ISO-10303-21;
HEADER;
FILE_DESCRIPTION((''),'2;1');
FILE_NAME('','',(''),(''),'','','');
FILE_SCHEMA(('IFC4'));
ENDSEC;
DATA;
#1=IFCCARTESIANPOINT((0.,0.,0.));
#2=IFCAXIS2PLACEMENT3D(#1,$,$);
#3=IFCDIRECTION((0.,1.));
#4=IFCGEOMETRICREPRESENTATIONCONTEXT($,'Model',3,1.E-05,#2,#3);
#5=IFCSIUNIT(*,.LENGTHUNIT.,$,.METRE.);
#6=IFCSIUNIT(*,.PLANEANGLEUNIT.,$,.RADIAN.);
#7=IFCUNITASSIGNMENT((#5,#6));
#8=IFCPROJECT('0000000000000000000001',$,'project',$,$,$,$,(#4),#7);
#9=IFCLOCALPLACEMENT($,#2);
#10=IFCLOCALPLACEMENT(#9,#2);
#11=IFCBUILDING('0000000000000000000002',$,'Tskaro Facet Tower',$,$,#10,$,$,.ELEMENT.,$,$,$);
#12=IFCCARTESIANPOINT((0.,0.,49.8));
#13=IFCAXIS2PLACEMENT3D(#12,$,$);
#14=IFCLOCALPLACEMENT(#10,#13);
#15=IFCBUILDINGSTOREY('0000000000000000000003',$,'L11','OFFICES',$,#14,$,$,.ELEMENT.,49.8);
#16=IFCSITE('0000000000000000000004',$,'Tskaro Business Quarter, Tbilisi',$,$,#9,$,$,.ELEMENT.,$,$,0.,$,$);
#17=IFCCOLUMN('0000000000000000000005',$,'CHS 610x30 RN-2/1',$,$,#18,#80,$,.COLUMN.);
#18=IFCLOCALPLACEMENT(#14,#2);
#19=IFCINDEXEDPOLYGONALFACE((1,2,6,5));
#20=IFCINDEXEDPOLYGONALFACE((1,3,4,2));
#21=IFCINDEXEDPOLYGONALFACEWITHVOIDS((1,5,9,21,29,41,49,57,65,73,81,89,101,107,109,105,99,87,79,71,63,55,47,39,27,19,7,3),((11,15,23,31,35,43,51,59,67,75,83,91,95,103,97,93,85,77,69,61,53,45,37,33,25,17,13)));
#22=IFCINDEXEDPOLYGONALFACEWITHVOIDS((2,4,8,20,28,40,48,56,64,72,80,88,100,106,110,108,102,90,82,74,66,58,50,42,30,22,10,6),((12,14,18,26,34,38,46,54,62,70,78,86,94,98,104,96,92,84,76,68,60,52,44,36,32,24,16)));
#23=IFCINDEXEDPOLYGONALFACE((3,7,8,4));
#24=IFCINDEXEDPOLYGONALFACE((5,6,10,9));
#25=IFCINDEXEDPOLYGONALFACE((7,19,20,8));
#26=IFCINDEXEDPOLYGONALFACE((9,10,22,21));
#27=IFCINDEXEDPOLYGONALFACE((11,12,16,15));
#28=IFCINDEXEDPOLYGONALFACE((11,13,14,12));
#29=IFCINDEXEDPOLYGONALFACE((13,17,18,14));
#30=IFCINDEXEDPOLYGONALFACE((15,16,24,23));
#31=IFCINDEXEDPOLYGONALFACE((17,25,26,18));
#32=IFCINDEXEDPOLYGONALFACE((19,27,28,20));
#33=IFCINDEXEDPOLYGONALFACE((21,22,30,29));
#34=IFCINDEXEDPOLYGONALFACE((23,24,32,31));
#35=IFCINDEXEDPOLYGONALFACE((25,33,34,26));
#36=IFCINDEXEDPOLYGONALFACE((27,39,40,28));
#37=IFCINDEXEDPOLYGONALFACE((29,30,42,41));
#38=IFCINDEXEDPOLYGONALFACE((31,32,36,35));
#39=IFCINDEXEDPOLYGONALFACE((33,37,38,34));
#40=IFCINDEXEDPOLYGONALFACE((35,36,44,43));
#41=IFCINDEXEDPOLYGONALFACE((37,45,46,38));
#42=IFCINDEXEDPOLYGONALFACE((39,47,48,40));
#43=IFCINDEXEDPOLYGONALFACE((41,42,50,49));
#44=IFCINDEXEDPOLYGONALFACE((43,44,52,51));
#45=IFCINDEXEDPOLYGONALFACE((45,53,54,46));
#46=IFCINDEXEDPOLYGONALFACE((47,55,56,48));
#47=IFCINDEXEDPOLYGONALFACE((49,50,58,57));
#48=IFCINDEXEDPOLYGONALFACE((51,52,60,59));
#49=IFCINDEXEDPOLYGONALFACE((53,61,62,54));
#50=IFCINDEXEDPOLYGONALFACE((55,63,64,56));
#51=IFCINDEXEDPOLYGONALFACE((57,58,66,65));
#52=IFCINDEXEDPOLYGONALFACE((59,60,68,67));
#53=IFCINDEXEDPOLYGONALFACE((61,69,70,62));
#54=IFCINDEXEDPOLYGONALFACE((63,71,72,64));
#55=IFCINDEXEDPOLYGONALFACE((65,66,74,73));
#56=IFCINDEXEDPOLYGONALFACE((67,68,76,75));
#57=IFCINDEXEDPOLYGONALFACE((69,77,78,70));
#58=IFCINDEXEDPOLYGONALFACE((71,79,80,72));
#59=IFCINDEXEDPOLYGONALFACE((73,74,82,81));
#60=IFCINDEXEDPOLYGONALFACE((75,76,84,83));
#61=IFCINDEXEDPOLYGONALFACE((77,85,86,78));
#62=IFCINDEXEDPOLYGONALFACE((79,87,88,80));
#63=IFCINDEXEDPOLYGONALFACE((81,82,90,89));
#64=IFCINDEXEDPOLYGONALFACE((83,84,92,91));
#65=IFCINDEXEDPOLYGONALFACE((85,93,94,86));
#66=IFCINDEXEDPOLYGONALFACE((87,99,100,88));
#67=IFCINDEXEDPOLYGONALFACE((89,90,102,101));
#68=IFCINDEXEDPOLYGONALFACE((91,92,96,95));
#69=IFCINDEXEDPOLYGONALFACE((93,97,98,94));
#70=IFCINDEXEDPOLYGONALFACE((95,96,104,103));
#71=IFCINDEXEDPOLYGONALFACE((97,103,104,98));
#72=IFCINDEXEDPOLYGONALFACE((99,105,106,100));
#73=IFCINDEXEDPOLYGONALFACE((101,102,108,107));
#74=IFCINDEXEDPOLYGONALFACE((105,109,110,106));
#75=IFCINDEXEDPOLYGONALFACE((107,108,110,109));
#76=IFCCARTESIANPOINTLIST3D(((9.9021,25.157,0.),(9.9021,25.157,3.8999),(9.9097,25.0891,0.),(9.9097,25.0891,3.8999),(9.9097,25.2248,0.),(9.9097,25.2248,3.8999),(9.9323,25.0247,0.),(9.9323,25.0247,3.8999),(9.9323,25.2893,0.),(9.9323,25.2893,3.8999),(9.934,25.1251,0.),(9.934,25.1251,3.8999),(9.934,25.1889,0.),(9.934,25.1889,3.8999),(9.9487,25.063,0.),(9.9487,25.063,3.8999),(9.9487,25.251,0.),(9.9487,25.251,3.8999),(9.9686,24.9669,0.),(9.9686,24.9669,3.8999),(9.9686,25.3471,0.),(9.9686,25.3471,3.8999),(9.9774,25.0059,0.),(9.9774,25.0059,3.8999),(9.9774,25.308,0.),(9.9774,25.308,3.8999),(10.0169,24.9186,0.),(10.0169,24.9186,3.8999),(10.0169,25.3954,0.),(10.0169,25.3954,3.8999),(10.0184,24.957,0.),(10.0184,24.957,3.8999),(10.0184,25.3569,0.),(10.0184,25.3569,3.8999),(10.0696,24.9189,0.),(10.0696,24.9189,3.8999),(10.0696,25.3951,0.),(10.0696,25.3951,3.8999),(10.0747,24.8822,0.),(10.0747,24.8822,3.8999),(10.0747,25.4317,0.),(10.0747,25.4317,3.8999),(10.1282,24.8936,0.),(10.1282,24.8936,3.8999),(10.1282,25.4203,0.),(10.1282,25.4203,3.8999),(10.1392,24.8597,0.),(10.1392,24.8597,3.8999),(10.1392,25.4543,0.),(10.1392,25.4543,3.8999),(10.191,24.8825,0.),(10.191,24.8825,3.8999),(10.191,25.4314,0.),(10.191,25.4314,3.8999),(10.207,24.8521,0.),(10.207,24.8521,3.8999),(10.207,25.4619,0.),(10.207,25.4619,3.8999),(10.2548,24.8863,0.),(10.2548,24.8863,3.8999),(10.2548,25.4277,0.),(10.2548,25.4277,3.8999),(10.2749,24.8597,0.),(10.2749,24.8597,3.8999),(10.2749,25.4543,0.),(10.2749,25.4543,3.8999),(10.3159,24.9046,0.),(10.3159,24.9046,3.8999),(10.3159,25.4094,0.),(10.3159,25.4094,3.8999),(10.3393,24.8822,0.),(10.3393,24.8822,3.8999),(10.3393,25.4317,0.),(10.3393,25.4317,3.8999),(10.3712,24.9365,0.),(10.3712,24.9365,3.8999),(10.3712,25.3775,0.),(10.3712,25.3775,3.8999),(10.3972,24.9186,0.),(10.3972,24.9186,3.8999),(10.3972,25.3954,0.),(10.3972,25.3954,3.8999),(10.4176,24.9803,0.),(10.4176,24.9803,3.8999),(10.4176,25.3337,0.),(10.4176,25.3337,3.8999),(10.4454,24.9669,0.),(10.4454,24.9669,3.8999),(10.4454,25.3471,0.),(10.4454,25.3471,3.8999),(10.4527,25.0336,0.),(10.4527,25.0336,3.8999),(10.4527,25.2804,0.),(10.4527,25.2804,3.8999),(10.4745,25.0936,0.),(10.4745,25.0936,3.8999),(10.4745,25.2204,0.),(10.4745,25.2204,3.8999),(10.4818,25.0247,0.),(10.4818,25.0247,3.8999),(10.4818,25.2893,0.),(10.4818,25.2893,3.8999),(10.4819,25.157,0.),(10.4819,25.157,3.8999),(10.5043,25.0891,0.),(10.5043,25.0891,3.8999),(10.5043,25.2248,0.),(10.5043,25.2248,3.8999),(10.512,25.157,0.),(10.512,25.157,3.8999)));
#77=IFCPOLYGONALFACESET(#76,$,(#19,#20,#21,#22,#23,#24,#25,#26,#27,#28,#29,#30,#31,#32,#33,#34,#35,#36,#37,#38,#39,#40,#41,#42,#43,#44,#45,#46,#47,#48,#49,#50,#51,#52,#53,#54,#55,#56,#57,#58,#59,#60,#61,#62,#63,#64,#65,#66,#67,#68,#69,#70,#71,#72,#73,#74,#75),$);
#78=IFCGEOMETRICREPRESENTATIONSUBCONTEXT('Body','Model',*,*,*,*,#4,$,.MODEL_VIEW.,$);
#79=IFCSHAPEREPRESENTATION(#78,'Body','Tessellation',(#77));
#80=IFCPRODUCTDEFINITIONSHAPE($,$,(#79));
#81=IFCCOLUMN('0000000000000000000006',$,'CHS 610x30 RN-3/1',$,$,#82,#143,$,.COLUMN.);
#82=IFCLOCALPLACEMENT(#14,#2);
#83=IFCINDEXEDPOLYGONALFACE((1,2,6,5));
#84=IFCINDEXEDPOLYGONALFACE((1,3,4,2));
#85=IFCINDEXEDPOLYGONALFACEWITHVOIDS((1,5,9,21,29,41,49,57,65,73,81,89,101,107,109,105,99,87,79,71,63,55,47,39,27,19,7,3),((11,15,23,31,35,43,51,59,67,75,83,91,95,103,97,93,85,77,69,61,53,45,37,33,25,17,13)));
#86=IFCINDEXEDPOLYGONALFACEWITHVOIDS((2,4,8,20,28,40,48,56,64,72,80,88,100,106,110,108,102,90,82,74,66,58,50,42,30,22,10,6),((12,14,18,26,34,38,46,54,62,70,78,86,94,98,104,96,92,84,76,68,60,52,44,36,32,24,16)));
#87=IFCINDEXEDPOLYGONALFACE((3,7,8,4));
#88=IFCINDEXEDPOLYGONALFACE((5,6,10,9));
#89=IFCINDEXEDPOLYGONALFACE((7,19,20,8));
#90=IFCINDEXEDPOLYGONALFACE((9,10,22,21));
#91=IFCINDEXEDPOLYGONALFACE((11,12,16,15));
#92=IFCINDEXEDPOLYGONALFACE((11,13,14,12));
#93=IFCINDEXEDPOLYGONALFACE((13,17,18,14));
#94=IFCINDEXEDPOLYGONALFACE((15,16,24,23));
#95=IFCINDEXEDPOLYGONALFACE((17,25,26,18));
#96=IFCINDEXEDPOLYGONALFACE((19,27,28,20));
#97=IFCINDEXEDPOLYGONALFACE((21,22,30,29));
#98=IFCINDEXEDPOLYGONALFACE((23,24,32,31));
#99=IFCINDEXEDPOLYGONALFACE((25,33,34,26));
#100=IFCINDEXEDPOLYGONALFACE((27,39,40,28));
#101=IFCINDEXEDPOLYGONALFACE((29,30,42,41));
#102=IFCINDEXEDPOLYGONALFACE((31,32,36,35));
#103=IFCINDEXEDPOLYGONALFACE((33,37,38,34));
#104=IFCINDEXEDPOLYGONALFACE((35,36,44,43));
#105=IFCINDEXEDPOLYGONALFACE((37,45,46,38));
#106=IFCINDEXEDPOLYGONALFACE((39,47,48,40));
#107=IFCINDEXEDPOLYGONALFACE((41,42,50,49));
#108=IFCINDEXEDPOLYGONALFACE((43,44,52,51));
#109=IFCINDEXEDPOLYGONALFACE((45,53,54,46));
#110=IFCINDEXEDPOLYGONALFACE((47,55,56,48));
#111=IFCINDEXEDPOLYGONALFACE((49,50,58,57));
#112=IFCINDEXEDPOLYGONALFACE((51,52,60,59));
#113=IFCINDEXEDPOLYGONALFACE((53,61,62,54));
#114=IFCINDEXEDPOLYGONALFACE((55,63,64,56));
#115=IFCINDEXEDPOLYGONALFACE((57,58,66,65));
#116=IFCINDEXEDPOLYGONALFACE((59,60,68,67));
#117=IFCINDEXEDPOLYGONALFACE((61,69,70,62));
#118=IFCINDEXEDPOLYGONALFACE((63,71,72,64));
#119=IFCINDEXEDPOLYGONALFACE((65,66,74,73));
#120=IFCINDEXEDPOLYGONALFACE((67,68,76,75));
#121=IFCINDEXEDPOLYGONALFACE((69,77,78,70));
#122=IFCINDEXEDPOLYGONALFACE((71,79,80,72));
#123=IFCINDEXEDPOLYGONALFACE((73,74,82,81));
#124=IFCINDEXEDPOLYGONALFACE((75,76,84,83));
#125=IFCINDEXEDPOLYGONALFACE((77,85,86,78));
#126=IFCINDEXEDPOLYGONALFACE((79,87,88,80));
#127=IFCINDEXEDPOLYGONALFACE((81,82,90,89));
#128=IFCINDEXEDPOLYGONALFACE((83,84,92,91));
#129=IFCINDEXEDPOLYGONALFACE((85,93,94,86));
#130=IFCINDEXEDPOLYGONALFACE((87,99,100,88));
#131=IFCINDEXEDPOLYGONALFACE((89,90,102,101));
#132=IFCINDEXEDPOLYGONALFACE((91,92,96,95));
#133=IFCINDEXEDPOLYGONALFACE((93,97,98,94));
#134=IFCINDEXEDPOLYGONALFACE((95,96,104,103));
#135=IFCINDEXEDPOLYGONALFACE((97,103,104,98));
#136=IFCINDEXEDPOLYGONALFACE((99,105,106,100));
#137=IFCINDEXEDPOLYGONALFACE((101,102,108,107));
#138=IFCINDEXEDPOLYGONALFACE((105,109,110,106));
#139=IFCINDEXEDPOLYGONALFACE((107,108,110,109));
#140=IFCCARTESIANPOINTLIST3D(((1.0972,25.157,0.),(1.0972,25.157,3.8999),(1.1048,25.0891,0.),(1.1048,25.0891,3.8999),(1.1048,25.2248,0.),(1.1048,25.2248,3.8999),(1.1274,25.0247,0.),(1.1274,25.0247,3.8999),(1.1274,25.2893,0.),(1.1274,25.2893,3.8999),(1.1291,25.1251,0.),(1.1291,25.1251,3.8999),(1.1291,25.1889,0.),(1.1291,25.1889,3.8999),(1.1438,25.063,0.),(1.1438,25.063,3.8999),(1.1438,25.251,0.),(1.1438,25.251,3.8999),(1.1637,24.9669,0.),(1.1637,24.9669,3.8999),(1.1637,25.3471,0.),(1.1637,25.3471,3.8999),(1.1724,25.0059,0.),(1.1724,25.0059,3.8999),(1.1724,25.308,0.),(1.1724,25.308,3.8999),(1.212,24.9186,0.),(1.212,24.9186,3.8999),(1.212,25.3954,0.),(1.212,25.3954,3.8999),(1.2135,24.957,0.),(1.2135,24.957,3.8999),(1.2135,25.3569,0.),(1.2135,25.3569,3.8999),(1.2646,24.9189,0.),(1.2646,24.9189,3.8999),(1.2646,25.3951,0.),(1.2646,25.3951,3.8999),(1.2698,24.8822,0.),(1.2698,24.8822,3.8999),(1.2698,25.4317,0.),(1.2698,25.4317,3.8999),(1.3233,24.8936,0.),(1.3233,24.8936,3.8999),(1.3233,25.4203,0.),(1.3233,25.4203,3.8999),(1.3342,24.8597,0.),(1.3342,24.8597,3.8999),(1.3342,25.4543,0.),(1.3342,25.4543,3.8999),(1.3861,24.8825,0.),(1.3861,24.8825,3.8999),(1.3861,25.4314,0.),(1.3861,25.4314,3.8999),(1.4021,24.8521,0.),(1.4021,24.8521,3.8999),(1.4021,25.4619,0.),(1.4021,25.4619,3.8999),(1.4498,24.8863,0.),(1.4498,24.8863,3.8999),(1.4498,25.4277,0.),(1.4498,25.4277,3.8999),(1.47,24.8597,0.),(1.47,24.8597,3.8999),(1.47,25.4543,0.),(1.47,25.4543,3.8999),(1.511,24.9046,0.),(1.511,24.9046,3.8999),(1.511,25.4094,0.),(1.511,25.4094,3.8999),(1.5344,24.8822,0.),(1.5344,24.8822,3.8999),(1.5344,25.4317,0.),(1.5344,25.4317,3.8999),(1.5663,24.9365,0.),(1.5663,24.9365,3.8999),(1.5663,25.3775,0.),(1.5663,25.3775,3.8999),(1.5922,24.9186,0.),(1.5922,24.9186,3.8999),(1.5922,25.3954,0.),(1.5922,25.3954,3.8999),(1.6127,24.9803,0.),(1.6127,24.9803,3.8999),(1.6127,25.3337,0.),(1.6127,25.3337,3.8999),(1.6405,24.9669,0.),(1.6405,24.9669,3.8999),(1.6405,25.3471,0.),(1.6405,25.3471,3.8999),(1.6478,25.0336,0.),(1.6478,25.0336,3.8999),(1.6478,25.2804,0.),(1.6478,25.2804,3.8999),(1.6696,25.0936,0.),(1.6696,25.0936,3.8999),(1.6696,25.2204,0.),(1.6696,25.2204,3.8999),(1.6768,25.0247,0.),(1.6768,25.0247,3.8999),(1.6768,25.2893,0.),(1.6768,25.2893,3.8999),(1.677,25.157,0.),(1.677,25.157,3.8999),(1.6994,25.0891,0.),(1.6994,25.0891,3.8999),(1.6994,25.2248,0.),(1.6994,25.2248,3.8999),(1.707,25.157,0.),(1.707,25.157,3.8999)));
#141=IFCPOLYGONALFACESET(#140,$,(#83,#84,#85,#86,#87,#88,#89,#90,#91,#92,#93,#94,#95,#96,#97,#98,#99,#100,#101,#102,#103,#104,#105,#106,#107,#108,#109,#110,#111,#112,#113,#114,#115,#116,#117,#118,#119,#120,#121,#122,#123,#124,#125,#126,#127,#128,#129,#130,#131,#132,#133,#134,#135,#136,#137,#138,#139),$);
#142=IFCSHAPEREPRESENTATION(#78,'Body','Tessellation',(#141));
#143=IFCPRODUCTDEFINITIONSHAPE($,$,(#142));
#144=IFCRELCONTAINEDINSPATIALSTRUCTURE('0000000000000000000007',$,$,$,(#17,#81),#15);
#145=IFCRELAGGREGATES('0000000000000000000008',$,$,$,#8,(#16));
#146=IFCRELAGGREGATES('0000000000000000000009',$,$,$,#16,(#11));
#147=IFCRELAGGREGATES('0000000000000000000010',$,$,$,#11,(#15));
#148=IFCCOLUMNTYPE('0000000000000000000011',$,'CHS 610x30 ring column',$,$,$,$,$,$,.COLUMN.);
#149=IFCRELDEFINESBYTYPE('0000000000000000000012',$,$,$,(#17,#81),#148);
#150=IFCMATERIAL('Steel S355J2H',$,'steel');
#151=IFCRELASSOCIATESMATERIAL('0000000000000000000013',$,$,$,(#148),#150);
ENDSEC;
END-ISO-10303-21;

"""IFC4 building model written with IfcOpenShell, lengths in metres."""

from ifc_helpers import new_model, si_unit, direction, frame, origin, origin_2d, place, context, subcontext, project, spatial, hollow_circle, extrude, material, material_profile, profile_set, type_object, element, save


model = new_model("IFC4")

# Units and contexts
model_context = context("Model", 3, precision=1e-05, world=origin(), true_north=direction((0.0, 1.0)))
body_context = subcontext(model_context, "Body", "Model", "MODEL_VIEW")
ifc_project = project(units=[si_unit("LENGTHUNIT", "METRE"), si_unit("PLANEANGLEUNIT", "RADIAN")], contexts=[model_context])

# Site, building, storey
site_placement = place(None, origin())
site = spatial("IfcSite", under=ifc_project, at=site_placement, Name="Tskaro Business Quarter, Tbilisi", CompositionType="ELEMENT", RefElevation=0.0)
building_placement = place(site_placement, origin())
building = spatial("IfcBuilding", under=site, at=building_placement, Name="Tskaro Facet Tower", CompositionType="ELEMENT")
storey_placement = place(building_placement, frame((0.0, 0.0, 49.8)))
storey = spatial("IfcBuildingStorey", under=building, at=storey_placement, Name="L11", Description="OFFICES", CompositionType="ELEMENT", Elevation=49.8)

# Columns
ifc_material_1 = material(Name="Steel S355J2H", Category="steel")
ifc_material_profile_1 = material_profile(ifc_material_1, hollow_circle(Radius=0.3049, WallThickness=0.03, at=origin_2d()), Name="CHS 610x30")
ifc_profile_set_1 = profile_set([ifc_material_profile_1], Name="Steel S355J2H")
column_type_1 = type_object("IfcColumnType", Name="CHS 610x30 ring column", PredefinedType="COLUMN", material=ifc_profile_set_1)
for number, where, z_axis, x_axis, name in (
    (1, (10.207, 25.157, 0.0), (0.0, 0.0, 1.0), (1.0, 0.0, 0.0), "CHS 610x30 RN-2/1"),
    (2, (1.4021, 25.157, 0.0), (0.0, 0.0, 1.0), (1.0, 0.0, 0.0), "CHS 610x30 RN-3/1"),
):
    element("IfcColumn", number, at=place(storey_placement, frame(where, z_axis=z_axis, x_axis=x_axis)), inside=storey, type_object=column_type_1, Name=name, PredefinedType="COLUMN", context=body_context, shape_type="SweptSolid", body=[
        extrude(hollow_circle(Radius=0.3049, WallThickness=0.03, at=origin_2d()), origin(), (0.0, 0.0, 1.0), 3.8999),
    ])

save(model, "model.ifc")
